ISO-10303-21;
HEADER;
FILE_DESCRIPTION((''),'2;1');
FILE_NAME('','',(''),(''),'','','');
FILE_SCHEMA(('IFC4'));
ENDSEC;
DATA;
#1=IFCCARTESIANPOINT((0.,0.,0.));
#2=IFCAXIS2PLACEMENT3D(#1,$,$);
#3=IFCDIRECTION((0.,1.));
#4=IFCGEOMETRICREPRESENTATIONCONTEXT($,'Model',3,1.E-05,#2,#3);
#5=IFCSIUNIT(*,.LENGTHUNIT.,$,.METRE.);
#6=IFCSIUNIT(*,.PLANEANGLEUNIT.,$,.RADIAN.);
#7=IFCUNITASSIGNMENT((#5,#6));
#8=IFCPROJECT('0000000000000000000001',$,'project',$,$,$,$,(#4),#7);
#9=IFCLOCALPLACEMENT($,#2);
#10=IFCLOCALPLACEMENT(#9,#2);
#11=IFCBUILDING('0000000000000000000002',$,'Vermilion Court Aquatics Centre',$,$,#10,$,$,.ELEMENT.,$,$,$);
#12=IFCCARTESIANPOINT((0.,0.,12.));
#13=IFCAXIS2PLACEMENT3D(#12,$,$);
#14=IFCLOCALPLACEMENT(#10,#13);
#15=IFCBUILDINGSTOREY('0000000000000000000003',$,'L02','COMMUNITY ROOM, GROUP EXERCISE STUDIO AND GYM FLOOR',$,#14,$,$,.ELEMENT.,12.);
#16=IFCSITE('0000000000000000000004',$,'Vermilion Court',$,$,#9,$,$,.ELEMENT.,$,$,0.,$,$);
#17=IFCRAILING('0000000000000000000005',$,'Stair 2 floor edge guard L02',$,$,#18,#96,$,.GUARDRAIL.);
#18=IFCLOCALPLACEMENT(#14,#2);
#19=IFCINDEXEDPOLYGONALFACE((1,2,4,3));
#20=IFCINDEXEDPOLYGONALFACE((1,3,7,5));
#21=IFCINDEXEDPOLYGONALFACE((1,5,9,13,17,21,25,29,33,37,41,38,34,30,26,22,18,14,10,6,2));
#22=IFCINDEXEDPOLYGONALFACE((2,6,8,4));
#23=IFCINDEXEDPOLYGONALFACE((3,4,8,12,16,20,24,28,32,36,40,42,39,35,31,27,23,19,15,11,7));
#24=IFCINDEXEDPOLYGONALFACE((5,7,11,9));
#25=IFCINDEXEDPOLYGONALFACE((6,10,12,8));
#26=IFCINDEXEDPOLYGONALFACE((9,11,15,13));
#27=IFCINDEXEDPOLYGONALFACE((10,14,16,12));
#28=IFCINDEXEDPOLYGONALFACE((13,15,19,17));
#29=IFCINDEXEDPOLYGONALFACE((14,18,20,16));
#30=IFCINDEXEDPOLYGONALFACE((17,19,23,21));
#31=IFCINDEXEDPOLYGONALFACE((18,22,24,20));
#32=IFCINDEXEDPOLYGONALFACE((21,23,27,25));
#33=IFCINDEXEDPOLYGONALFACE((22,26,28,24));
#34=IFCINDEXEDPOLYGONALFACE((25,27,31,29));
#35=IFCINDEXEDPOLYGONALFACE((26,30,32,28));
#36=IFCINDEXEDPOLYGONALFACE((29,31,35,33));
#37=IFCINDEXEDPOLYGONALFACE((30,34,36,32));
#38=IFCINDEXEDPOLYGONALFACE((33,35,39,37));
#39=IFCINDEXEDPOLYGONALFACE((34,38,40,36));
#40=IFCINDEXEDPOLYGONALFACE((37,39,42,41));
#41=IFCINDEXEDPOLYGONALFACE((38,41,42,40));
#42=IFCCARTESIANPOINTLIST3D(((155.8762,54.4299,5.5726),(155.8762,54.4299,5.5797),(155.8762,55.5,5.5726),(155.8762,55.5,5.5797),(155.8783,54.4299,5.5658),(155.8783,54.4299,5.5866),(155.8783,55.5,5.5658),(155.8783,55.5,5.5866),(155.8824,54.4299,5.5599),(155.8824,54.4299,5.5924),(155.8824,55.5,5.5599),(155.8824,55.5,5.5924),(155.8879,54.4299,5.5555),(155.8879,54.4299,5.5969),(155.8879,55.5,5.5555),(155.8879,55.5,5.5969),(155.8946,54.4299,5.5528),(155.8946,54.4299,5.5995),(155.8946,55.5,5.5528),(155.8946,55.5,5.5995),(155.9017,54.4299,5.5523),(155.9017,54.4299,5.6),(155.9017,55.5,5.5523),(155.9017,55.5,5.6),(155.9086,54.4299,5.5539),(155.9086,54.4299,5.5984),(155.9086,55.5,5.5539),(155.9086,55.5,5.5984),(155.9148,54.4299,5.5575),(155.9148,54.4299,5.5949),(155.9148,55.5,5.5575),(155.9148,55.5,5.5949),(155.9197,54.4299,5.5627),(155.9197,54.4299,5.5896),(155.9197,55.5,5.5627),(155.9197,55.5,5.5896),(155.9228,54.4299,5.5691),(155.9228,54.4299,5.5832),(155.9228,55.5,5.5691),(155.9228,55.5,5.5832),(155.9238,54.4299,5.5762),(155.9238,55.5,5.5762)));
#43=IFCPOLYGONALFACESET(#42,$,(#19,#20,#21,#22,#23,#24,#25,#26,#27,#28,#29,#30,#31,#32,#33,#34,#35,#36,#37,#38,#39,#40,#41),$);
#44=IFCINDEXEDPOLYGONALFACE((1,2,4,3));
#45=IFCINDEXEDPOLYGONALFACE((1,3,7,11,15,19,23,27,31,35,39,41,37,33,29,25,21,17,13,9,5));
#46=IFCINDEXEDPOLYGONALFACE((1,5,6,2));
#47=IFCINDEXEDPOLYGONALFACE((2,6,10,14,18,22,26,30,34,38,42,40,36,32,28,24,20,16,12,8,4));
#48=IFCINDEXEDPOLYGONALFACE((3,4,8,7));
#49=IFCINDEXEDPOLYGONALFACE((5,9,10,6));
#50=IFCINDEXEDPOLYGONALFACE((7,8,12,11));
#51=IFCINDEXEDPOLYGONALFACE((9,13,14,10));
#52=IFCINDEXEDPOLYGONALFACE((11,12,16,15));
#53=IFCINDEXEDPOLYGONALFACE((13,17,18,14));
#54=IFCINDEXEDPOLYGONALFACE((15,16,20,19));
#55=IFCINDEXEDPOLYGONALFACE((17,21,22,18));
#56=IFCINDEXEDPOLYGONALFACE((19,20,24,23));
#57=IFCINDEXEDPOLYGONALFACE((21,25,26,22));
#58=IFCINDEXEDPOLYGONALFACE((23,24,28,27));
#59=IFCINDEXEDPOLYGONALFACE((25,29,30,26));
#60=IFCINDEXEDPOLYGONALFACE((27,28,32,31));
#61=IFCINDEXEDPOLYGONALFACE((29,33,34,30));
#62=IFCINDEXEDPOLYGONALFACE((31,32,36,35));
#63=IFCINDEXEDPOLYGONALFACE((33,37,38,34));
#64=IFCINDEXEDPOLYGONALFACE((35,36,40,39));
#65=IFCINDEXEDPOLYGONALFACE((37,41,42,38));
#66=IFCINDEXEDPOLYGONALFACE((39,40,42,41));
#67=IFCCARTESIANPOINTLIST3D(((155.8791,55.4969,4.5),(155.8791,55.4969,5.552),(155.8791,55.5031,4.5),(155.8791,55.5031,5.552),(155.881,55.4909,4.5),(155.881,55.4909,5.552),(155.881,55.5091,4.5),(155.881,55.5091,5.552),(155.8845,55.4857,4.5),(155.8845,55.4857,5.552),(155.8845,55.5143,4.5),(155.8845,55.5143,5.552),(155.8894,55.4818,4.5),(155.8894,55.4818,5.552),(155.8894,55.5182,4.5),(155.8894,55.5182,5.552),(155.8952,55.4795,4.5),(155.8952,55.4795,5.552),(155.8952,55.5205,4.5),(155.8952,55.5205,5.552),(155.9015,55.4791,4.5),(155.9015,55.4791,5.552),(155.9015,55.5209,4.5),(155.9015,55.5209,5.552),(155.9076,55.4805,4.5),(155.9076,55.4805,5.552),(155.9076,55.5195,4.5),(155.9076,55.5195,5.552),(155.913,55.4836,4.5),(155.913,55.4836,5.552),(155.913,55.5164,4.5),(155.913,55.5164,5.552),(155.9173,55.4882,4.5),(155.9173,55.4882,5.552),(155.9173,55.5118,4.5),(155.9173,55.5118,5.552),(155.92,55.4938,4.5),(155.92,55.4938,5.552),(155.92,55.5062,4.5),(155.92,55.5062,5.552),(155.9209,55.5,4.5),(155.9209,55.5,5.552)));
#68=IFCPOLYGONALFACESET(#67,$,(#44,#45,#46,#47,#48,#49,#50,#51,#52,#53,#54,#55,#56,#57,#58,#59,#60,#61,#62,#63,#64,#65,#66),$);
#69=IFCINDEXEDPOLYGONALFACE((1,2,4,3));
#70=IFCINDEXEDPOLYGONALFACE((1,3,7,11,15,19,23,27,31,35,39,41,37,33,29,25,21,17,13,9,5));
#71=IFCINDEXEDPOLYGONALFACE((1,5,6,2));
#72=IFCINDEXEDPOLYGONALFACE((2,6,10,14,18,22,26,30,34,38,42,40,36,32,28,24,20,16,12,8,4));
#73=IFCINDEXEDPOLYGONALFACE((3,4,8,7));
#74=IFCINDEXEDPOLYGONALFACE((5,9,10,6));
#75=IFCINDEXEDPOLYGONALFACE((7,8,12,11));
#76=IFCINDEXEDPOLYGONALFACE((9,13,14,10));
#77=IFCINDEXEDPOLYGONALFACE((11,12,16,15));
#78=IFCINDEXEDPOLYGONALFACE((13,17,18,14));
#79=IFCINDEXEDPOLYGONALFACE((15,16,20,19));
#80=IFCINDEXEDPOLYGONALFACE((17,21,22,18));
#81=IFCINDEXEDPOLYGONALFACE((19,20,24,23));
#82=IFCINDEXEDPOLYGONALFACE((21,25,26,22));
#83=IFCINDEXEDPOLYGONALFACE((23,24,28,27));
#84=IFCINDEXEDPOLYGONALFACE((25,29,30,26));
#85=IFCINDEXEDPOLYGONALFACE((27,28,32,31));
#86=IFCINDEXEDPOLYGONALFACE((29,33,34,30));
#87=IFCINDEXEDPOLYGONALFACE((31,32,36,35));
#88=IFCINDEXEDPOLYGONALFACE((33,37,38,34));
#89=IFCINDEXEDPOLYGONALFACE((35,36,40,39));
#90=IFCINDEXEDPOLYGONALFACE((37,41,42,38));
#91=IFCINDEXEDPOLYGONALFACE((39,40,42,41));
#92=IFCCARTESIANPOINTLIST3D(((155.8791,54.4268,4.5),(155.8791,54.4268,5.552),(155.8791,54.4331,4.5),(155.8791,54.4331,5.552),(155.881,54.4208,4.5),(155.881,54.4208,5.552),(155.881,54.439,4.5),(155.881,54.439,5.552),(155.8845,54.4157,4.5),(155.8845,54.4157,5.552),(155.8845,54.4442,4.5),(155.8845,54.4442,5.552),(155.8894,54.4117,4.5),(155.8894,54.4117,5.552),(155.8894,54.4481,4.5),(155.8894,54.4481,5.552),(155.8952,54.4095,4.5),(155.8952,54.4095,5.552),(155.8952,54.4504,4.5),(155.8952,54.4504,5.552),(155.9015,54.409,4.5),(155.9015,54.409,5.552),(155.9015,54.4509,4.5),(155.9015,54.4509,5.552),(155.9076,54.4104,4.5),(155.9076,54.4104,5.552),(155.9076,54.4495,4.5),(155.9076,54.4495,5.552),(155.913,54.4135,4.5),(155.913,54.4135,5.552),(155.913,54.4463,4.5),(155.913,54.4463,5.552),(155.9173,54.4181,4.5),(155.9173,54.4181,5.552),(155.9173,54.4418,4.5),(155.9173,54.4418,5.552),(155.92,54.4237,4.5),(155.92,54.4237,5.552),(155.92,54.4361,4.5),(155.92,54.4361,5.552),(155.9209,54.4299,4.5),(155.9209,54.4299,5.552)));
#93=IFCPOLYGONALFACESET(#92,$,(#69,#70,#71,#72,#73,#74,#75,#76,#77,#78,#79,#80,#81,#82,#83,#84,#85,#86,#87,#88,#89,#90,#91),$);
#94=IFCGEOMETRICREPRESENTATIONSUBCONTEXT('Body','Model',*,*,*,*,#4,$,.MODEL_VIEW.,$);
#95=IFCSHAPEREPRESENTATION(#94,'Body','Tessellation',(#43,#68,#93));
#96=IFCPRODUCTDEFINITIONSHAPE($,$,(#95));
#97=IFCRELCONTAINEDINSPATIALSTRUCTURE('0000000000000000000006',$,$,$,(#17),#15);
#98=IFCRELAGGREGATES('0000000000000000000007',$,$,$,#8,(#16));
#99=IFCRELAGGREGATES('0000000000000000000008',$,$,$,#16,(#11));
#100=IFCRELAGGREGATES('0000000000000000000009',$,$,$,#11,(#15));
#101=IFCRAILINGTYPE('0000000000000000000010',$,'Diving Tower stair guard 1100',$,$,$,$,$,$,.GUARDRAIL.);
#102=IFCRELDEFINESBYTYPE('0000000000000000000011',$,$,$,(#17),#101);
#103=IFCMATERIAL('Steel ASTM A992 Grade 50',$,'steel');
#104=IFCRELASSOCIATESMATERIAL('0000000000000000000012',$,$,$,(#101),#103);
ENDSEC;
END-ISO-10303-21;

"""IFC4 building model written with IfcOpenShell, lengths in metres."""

from ifc_helpers import new_model, si_unit, direction, frame, origin, origin_2d, place, context, subcontext, project, spatial, circle, extrude, material, type_object, element, save


model = new_model("IFC4")

# Units and contexts
model_context = context("Model", 3, precision=1e-05, world=origin(), true_north=direction((0.0, 1.0)))
body_context = subcontext(model_context, "Body", "Model", "MODEL_VIEW")
ifc_project = project(units=[si_unit("LENGTHUNIT", "METRE"), si_unit("PLANEANGLEUNIT", "RADIAN")], contexts=[model_context])

# Site, building, storey
site_placement = place(None, origin())
site = spatial("IfcSite", under=ifc_project, at=site_placement, Name="Vermilion Court", CompositionType="ELEMENT", RefElevation=0.0)
building_placement = place(site_placement, origin())
building = spatial("IfcBuilding", under=site, at=building_placement, Name="Vermilion Court Aquatics Centre", CompositionType="ELEMENT")
storey_placement = place(building_placement, frame((0.0, 0.0, 12.0)))
storey = spatial("IfcBuildingStorey", under=building, at=storey_placement, Name="L02", Description="COMMUNITY ROOM, GROUP EXERCISE STUDIO AND GYM FLOOR", CompositionType="ELEMENT", Elevation=12.0)

# Railing
ifc_material_1 = material(Name="Steel ASTM A992 Grade 50", Category="steel")
railing_type_1 = type_object("IfcRailingType", Name="Diving Tower stair guard 1100", PredefinedType="GUARDRAIL", material=ifc_material_1)
railing_1_placement = place(storey_placement, frame((155.8999, 55.5, 4.5)))
element("IfcRailing", 1, at=railing_1_placement, inside=storey, type_object=railing_type_1, Name="Stair 2 floor edge guard L02", PredefinedType="GUARDRAIL", context=body_context, shape_type="SweptSolid", body=[
    extrude(circle(Radius=0.0239, at=origin_2d()), frame((0.0, 0.0, 1.0762), z_axis=(0.0, -1.0, 0.0), x_axis=(1.0, 0.0, 0.0)), (0.0, 0.0, 1.0), 1.0701),
    extrude(circle(Radius=0.021, at=origin_2d()), origin(), (0.0, 0.0, 1.0), 1.052),
    extrude(circle(Radius=0.021, at=origin_2d()), frame((0.0, -1.0701, 0.0)), (0.0, 0.0, 1.0), 1.052),
])

save(model, "model.ifc")
